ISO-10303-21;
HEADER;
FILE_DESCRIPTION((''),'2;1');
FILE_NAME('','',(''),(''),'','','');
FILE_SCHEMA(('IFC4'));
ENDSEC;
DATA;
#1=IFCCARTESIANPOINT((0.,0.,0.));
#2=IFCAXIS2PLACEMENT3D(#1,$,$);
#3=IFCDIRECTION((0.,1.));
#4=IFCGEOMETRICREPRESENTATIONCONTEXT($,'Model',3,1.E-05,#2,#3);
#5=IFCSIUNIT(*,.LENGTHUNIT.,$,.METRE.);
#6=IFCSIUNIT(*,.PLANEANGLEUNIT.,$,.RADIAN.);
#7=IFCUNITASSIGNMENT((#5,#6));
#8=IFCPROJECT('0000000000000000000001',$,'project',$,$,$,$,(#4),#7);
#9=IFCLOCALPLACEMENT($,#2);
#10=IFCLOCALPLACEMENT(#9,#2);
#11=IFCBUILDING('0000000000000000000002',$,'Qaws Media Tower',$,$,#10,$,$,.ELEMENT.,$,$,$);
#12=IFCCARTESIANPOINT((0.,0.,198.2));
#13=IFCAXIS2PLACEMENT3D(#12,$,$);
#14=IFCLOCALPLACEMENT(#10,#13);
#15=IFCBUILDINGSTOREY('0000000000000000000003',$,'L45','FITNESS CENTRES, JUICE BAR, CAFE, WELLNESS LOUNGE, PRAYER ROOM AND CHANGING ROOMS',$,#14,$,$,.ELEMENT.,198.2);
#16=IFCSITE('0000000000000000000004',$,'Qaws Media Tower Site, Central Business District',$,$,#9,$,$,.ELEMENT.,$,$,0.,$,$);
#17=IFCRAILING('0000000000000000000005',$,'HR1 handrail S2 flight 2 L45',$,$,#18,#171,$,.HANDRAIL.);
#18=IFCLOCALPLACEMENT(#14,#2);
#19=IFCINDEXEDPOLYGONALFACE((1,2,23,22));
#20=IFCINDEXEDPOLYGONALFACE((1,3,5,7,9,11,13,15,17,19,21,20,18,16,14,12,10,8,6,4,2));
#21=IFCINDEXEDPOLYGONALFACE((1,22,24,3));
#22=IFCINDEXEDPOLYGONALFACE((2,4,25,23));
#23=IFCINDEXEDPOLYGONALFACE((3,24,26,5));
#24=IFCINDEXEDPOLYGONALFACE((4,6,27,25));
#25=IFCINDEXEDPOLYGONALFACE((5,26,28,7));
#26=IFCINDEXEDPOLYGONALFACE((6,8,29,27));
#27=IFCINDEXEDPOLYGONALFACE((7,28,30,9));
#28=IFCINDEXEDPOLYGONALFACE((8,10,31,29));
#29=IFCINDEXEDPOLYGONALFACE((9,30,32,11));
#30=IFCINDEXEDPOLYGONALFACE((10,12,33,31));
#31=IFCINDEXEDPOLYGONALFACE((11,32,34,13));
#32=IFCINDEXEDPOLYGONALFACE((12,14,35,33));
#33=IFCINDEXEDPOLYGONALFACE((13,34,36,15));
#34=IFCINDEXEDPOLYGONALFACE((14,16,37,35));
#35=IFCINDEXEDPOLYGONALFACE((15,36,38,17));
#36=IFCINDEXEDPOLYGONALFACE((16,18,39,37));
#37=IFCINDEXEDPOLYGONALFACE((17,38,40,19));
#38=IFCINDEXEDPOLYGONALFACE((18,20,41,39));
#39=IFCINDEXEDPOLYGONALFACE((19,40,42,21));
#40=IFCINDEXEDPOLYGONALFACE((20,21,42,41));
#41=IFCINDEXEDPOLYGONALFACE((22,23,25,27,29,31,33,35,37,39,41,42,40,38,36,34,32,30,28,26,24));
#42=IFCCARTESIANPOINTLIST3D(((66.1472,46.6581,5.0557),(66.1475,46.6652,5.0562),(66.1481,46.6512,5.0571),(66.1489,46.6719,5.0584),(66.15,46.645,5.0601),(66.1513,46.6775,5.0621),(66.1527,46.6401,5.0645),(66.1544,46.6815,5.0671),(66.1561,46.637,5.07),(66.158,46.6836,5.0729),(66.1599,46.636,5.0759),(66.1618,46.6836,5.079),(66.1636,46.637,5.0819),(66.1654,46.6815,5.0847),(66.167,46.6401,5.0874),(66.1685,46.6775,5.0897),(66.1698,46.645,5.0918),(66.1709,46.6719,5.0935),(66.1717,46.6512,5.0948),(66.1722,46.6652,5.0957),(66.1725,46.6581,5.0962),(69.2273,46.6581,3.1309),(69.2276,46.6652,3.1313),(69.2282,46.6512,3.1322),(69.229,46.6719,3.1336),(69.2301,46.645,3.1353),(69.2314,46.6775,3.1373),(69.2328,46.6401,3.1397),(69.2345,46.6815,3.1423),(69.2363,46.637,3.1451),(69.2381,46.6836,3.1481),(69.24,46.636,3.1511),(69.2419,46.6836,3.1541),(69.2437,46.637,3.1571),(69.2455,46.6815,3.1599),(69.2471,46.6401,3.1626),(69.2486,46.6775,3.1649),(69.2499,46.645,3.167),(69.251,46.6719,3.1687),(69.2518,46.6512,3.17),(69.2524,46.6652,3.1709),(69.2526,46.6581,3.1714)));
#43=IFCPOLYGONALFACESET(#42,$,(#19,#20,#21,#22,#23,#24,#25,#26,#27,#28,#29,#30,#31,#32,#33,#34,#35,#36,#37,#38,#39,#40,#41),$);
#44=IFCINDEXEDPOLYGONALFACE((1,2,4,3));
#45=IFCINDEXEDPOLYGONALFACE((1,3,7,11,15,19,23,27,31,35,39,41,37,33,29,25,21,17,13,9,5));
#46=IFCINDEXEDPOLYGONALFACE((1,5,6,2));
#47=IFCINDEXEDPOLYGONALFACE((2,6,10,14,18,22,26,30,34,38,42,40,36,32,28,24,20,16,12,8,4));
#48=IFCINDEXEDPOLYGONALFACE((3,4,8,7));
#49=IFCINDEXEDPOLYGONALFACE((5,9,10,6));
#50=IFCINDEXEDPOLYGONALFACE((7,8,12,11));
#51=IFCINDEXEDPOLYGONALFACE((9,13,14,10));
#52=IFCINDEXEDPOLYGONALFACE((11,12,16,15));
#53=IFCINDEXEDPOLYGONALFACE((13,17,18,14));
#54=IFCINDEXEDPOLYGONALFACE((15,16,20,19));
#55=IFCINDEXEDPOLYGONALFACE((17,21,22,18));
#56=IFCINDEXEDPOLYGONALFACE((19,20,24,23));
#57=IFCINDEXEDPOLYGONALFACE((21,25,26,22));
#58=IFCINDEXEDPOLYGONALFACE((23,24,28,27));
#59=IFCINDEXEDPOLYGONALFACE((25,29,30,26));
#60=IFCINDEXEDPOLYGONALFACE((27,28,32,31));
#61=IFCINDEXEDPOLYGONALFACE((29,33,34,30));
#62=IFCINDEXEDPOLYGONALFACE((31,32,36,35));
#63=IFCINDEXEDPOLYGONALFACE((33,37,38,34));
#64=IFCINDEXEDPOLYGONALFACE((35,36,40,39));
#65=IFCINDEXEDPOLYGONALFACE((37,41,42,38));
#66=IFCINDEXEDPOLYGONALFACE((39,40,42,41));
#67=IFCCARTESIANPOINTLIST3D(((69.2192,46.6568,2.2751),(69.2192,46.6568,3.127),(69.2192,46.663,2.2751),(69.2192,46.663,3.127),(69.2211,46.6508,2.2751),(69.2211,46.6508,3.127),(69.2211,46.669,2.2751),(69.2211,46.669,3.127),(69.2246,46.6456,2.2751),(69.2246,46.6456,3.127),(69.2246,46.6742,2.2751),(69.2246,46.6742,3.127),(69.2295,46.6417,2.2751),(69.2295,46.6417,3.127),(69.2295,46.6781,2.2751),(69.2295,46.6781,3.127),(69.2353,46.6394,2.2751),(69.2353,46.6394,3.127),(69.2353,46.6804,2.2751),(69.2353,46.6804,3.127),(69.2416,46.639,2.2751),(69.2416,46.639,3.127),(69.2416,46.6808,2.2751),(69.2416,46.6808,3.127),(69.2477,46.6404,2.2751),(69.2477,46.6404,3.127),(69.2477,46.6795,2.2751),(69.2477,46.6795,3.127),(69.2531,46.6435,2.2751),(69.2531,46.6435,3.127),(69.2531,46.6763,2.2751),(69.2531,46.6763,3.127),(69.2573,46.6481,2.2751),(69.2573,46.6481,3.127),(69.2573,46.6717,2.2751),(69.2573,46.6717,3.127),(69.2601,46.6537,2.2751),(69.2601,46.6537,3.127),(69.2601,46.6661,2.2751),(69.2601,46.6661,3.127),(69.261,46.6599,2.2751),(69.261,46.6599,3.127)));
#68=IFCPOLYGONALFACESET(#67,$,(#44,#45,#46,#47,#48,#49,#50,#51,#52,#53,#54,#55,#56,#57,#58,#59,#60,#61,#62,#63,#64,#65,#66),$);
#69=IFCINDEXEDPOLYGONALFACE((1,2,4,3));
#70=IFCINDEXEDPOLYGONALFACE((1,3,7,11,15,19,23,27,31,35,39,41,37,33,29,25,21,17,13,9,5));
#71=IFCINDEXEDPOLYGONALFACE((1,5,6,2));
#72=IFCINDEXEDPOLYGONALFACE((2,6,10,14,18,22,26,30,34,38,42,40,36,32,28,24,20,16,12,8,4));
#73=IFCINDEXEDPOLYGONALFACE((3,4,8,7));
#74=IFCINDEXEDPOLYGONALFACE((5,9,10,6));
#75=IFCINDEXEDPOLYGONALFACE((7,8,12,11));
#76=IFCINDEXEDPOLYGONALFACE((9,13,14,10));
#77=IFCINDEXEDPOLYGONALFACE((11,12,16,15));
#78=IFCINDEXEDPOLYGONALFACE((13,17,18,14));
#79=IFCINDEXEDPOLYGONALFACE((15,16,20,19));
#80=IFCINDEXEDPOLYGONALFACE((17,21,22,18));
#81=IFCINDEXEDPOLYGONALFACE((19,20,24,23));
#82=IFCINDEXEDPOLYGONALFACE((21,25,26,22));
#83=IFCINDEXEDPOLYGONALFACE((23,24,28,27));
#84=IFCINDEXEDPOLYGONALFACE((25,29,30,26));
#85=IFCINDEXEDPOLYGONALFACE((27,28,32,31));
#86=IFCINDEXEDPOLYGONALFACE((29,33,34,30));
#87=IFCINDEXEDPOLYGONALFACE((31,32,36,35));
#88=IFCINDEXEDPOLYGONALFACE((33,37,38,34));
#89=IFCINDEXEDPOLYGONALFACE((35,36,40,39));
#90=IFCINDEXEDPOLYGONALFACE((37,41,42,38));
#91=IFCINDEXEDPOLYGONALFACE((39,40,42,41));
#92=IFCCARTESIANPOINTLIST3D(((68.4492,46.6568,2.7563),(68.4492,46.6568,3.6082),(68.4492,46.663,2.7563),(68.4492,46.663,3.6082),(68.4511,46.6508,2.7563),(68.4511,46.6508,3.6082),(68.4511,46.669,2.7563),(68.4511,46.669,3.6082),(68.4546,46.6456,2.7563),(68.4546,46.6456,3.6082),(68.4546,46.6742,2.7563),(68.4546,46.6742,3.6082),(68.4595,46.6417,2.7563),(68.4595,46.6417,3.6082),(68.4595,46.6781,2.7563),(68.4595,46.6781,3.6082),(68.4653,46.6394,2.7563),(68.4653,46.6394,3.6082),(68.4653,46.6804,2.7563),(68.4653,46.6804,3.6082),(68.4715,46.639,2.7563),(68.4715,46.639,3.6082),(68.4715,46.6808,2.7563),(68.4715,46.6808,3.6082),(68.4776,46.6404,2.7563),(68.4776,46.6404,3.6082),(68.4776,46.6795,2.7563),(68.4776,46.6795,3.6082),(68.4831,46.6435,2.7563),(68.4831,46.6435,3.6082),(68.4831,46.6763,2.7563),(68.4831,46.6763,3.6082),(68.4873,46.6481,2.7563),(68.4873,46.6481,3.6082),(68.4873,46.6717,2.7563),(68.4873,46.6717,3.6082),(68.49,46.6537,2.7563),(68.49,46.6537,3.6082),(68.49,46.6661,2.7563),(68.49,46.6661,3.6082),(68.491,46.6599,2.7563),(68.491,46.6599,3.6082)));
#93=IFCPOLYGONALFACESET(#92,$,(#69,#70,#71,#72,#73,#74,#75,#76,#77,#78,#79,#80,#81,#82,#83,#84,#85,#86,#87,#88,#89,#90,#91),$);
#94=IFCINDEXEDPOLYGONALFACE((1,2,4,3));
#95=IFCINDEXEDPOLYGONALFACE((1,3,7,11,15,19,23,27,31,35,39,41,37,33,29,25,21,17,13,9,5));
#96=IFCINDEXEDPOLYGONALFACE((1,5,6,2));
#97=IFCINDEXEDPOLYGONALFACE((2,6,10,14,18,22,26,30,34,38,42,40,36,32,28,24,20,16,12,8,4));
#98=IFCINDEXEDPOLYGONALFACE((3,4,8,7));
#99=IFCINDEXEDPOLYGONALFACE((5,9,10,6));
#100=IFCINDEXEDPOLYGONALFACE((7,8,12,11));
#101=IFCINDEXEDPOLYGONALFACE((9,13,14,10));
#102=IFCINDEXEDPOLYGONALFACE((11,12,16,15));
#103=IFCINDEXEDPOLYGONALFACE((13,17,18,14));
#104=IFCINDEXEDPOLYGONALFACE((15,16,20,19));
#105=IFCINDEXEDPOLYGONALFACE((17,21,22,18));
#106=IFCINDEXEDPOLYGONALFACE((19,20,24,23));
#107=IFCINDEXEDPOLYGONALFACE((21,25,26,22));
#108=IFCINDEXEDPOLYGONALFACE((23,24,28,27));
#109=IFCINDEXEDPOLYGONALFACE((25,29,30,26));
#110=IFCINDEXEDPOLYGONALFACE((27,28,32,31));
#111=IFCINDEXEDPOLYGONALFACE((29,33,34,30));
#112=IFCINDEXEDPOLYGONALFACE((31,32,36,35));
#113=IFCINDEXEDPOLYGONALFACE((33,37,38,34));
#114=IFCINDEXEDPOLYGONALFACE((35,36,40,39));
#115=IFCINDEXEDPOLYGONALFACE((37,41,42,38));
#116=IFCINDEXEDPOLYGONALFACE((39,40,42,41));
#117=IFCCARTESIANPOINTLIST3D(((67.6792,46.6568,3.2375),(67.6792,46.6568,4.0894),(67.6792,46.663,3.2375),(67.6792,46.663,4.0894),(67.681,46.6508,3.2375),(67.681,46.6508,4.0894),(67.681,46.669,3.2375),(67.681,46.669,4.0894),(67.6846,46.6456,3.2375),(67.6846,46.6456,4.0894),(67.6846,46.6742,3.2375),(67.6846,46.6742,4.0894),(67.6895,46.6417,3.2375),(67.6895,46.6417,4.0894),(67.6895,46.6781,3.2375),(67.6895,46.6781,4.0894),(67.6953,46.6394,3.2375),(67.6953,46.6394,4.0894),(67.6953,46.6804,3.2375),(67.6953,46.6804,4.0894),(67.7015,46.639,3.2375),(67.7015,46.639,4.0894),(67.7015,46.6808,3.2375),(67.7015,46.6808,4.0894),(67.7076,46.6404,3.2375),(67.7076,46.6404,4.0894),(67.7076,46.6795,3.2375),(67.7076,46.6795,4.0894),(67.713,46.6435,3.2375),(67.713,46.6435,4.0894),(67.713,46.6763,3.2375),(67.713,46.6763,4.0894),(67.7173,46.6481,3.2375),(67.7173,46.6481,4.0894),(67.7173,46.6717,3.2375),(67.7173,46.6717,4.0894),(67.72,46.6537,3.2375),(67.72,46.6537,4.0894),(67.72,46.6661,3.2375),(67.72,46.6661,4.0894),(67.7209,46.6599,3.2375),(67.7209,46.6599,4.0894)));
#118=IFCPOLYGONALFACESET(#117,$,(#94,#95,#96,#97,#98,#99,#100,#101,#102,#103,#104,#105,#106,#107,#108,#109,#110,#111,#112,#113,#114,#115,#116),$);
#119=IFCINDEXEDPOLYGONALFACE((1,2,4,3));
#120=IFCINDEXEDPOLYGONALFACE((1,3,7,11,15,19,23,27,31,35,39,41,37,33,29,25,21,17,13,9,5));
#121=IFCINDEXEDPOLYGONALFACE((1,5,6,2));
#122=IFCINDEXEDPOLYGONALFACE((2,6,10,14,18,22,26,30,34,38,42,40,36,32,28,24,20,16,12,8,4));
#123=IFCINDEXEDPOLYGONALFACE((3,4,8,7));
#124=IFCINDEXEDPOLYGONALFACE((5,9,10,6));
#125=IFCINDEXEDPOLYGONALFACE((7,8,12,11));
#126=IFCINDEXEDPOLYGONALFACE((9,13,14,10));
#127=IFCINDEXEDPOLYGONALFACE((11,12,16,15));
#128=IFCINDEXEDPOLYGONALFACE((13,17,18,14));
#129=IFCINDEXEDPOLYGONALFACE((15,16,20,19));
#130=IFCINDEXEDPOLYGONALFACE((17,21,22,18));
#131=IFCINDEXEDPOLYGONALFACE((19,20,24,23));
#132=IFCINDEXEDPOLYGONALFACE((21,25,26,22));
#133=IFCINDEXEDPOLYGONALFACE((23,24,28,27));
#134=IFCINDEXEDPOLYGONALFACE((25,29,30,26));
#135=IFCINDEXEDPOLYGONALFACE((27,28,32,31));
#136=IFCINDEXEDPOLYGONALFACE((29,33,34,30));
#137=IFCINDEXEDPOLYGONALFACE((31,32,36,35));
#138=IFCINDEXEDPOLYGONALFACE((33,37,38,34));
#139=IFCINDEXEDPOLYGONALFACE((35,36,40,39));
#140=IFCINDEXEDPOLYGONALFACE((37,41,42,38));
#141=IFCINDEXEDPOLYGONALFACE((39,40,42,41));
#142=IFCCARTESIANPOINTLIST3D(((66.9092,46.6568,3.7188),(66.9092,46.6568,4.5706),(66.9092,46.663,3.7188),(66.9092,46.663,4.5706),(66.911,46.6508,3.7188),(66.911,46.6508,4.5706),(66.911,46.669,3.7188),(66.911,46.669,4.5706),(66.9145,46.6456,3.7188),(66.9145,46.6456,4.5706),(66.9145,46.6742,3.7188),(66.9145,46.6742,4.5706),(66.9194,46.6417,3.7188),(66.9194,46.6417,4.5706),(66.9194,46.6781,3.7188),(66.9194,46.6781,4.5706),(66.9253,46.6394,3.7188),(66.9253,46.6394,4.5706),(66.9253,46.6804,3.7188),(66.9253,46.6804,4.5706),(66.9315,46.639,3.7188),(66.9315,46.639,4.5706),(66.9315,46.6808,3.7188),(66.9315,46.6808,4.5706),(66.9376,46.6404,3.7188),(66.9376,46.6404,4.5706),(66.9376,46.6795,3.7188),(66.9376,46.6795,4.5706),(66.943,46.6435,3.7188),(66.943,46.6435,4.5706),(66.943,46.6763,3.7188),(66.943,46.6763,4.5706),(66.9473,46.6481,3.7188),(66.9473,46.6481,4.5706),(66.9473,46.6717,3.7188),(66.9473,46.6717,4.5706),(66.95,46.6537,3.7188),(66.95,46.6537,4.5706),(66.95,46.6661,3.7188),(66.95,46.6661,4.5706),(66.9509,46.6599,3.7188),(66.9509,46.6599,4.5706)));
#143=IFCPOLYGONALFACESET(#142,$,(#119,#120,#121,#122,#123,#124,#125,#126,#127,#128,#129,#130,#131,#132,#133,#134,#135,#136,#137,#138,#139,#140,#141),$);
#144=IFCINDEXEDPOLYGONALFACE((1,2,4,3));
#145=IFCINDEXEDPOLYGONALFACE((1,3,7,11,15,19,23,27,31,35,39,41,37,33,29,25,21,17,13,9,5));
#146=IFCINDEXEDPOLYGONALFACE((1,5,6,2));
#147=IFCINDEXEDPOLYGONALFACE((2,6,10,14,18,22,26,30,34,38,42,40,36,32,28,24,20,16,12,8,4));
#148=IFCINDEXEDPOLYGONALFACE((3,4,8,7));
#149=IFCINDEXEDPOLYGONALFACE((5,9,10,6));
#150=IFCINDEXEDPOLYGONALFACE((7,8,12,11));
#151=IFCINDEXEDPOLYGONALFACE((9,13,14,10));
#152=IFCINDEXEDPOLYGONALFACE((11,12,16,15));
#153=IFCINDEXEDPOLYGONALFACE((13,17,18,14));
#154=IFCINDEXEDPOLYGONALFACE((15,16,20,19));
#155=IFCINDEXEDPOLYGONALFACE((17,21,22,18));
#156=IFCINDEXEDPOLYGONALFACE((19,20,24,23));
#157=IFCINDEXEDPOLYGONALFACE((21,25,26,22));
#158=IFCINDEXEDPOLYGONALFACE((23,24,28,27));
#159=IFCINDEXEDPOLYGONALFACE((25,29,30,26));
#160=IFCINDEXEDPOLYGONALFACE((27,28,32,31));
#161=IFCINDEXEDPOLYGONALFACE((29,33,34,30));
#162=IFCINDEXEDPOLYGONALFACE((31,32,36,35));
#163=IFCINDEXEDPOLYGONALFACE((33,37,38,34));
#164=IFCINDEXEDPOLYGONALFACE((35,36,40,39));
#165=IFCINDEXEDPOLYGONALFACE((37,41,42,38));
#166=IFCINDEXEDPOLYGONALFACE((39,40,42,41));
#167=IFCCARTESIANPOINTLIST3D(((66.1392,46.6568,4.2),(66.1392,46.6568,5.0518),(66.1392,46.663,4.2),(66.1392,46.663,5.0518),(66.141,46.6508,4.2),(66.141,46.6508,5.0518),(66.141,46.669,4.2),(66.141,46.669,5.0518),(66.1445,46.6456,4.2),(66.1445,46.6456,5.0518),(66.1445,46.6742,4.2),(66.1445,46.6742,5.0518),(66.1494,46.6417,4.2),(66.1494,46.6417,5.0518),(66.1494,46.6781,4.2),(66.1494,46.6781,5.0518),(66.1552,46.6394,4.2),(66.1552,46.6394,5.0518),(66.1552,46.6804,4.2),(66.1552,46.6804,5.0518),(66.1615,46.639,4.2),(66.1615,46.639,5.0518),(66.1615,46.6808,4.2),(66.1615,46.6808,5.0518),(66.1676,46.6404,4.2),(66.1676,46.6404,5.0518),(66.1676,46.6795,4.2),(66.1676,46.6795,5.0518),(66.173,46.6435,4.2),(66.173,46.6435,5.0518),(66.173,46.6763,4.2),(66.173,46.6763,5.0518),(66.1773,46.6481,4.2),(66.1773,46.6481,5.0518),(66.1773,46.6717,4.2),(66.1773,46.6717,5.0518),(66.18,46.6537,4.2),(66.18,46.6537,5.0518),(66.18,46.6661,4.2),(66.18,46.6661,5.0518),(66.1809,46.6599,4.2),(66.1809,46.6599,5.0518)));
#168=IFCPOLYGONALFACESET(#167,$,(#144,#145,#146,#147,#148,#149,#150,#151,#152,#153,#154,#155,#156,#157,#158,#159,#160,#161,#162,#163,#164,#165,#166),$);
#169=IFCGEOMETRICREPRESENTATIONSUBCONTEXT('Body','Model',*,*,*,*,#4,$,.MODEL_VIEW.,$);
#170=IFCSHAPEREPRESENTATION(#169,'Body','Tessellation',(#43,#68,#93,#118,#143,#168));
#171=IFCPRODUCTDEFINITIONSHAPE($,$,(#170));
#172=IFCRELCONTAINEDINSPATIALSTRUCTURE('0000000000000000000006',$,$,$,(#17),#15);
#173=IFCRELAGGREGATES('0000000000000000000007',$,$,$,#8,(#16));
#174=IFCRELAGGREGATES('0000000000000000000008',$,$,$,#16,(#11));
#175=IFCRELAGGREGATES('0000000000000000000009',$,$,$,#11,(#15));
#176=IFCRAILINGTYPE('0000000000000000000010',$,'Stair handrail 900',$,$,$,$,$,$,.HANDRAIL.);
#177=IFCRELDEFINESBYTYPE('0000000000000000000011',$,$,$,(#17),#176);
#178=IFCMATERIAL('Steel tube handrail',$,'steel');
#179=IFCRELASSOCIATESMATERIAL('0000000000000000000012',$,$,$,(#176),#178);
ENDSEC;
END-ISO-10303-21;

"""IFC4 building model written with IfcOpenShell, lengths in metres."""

from ifc_helpers import new_model, si_unit, direction, frame, origin, origin_2d, place, context, subcontext, project, spatial, circle, extrude, material, type_object, element, save


model = new_model("IFC4")

# Units and contexts
model_context = context("Model", 3, precision=1e-05, world=origin(), true_north=direction((0.0, 1.0)))
body_context = subcontext(model_context, "Body", "Model", "MODEL_VIEW")
ifc_project = project(units=[si_unit("LENGTHUNIT", "METRE"), si_unit("PLANEANGLEUNIT", "RADIAN")], contexts=[model_context])

# Site, building, storey
site_placement = place(None, origin())
site = spatial("IfcSite", under=ifc_project, at=site_placement, Name="Qaws Media Tower Site, Central Business District", CompositionType="ELEMENT", RefElevation=0.0)
building_placement = place(site_placement, origin())
building = spatial("IfcBuilding", under=site, at=building_placement, Name="Qaws Media Tower", CompositionType="ELEMENT")
storey_placement = place(building_placement, frame((0.0, 0.0, 198.2)))
storey = spatial("IfcBuildingStorey", under=building, at=storey_placement, Name="L45", Description="FITNESS CENTRES, JUICE BAR, CAFE, WELLNESS LOUNGE, PRAYER ROOM AND CHANGING ROOMS", CompositionType="ELEMENT", Elevation=198.2)

# Railing
ifc_material_1 = material(Name="Steel tube handrail", Category="steel")
railing_type = type_object("IfcRailingType", Name="Stair handrail 900", PredefinedType="HANDRAIL", material=ifc_material_1)
for number, where, name in (
    (1, (69.24, 46.6599, 2.2751), "HR1 handrail S2 flight 2 L45"),
):
    element("IfcRailing", number, at=place(storey_placement, frame(where)), inside=storey, type_object=railing_type, Name=name, PredefinedType="HANDRAIL", context=body_context, shape_type="SweptSolid", body=[
        extrude(circle(Radius=0.0239, at=origin_2d()), frame((0.0, 0.0, 0.876), z_axis=(-0.848029, 0.0, 0.529951), x_axis=(0.0, -1.0, 0.0)), (0.0, 0.0, 1.0), 3.6321),
        extrude(circle(Radius=0.021, at=origin_2d()), origin(), (0.0, 0.0, 1.0), 0.8518),
        extrude(circle(Radius=0.021, at=origin_2d()), frame((-0.77, 0.0, 0.4812)), (0.0, 0.0, 1.0), 0.8518),
        extrude(circle(Radius=0.021, at=origin_2d()), frame((-1.54, 0.0, 0.9624)), (0.0, 0.0, 1.0), 0.8518),
        extrude(circle(Radius=0.021, at=origin_2d()), frame((-2.3101, 0.0, 1.4436)), (0.0, 0.0, 1.0), 0.8518),
        extrude(circle(Radius=0.021, at=origin_2d()), frame((-3.0801, 0.0, 1.9248)), (0.0, 0.0, 1.0), 0.8518),
    ])

save(model, "model.ifc")
